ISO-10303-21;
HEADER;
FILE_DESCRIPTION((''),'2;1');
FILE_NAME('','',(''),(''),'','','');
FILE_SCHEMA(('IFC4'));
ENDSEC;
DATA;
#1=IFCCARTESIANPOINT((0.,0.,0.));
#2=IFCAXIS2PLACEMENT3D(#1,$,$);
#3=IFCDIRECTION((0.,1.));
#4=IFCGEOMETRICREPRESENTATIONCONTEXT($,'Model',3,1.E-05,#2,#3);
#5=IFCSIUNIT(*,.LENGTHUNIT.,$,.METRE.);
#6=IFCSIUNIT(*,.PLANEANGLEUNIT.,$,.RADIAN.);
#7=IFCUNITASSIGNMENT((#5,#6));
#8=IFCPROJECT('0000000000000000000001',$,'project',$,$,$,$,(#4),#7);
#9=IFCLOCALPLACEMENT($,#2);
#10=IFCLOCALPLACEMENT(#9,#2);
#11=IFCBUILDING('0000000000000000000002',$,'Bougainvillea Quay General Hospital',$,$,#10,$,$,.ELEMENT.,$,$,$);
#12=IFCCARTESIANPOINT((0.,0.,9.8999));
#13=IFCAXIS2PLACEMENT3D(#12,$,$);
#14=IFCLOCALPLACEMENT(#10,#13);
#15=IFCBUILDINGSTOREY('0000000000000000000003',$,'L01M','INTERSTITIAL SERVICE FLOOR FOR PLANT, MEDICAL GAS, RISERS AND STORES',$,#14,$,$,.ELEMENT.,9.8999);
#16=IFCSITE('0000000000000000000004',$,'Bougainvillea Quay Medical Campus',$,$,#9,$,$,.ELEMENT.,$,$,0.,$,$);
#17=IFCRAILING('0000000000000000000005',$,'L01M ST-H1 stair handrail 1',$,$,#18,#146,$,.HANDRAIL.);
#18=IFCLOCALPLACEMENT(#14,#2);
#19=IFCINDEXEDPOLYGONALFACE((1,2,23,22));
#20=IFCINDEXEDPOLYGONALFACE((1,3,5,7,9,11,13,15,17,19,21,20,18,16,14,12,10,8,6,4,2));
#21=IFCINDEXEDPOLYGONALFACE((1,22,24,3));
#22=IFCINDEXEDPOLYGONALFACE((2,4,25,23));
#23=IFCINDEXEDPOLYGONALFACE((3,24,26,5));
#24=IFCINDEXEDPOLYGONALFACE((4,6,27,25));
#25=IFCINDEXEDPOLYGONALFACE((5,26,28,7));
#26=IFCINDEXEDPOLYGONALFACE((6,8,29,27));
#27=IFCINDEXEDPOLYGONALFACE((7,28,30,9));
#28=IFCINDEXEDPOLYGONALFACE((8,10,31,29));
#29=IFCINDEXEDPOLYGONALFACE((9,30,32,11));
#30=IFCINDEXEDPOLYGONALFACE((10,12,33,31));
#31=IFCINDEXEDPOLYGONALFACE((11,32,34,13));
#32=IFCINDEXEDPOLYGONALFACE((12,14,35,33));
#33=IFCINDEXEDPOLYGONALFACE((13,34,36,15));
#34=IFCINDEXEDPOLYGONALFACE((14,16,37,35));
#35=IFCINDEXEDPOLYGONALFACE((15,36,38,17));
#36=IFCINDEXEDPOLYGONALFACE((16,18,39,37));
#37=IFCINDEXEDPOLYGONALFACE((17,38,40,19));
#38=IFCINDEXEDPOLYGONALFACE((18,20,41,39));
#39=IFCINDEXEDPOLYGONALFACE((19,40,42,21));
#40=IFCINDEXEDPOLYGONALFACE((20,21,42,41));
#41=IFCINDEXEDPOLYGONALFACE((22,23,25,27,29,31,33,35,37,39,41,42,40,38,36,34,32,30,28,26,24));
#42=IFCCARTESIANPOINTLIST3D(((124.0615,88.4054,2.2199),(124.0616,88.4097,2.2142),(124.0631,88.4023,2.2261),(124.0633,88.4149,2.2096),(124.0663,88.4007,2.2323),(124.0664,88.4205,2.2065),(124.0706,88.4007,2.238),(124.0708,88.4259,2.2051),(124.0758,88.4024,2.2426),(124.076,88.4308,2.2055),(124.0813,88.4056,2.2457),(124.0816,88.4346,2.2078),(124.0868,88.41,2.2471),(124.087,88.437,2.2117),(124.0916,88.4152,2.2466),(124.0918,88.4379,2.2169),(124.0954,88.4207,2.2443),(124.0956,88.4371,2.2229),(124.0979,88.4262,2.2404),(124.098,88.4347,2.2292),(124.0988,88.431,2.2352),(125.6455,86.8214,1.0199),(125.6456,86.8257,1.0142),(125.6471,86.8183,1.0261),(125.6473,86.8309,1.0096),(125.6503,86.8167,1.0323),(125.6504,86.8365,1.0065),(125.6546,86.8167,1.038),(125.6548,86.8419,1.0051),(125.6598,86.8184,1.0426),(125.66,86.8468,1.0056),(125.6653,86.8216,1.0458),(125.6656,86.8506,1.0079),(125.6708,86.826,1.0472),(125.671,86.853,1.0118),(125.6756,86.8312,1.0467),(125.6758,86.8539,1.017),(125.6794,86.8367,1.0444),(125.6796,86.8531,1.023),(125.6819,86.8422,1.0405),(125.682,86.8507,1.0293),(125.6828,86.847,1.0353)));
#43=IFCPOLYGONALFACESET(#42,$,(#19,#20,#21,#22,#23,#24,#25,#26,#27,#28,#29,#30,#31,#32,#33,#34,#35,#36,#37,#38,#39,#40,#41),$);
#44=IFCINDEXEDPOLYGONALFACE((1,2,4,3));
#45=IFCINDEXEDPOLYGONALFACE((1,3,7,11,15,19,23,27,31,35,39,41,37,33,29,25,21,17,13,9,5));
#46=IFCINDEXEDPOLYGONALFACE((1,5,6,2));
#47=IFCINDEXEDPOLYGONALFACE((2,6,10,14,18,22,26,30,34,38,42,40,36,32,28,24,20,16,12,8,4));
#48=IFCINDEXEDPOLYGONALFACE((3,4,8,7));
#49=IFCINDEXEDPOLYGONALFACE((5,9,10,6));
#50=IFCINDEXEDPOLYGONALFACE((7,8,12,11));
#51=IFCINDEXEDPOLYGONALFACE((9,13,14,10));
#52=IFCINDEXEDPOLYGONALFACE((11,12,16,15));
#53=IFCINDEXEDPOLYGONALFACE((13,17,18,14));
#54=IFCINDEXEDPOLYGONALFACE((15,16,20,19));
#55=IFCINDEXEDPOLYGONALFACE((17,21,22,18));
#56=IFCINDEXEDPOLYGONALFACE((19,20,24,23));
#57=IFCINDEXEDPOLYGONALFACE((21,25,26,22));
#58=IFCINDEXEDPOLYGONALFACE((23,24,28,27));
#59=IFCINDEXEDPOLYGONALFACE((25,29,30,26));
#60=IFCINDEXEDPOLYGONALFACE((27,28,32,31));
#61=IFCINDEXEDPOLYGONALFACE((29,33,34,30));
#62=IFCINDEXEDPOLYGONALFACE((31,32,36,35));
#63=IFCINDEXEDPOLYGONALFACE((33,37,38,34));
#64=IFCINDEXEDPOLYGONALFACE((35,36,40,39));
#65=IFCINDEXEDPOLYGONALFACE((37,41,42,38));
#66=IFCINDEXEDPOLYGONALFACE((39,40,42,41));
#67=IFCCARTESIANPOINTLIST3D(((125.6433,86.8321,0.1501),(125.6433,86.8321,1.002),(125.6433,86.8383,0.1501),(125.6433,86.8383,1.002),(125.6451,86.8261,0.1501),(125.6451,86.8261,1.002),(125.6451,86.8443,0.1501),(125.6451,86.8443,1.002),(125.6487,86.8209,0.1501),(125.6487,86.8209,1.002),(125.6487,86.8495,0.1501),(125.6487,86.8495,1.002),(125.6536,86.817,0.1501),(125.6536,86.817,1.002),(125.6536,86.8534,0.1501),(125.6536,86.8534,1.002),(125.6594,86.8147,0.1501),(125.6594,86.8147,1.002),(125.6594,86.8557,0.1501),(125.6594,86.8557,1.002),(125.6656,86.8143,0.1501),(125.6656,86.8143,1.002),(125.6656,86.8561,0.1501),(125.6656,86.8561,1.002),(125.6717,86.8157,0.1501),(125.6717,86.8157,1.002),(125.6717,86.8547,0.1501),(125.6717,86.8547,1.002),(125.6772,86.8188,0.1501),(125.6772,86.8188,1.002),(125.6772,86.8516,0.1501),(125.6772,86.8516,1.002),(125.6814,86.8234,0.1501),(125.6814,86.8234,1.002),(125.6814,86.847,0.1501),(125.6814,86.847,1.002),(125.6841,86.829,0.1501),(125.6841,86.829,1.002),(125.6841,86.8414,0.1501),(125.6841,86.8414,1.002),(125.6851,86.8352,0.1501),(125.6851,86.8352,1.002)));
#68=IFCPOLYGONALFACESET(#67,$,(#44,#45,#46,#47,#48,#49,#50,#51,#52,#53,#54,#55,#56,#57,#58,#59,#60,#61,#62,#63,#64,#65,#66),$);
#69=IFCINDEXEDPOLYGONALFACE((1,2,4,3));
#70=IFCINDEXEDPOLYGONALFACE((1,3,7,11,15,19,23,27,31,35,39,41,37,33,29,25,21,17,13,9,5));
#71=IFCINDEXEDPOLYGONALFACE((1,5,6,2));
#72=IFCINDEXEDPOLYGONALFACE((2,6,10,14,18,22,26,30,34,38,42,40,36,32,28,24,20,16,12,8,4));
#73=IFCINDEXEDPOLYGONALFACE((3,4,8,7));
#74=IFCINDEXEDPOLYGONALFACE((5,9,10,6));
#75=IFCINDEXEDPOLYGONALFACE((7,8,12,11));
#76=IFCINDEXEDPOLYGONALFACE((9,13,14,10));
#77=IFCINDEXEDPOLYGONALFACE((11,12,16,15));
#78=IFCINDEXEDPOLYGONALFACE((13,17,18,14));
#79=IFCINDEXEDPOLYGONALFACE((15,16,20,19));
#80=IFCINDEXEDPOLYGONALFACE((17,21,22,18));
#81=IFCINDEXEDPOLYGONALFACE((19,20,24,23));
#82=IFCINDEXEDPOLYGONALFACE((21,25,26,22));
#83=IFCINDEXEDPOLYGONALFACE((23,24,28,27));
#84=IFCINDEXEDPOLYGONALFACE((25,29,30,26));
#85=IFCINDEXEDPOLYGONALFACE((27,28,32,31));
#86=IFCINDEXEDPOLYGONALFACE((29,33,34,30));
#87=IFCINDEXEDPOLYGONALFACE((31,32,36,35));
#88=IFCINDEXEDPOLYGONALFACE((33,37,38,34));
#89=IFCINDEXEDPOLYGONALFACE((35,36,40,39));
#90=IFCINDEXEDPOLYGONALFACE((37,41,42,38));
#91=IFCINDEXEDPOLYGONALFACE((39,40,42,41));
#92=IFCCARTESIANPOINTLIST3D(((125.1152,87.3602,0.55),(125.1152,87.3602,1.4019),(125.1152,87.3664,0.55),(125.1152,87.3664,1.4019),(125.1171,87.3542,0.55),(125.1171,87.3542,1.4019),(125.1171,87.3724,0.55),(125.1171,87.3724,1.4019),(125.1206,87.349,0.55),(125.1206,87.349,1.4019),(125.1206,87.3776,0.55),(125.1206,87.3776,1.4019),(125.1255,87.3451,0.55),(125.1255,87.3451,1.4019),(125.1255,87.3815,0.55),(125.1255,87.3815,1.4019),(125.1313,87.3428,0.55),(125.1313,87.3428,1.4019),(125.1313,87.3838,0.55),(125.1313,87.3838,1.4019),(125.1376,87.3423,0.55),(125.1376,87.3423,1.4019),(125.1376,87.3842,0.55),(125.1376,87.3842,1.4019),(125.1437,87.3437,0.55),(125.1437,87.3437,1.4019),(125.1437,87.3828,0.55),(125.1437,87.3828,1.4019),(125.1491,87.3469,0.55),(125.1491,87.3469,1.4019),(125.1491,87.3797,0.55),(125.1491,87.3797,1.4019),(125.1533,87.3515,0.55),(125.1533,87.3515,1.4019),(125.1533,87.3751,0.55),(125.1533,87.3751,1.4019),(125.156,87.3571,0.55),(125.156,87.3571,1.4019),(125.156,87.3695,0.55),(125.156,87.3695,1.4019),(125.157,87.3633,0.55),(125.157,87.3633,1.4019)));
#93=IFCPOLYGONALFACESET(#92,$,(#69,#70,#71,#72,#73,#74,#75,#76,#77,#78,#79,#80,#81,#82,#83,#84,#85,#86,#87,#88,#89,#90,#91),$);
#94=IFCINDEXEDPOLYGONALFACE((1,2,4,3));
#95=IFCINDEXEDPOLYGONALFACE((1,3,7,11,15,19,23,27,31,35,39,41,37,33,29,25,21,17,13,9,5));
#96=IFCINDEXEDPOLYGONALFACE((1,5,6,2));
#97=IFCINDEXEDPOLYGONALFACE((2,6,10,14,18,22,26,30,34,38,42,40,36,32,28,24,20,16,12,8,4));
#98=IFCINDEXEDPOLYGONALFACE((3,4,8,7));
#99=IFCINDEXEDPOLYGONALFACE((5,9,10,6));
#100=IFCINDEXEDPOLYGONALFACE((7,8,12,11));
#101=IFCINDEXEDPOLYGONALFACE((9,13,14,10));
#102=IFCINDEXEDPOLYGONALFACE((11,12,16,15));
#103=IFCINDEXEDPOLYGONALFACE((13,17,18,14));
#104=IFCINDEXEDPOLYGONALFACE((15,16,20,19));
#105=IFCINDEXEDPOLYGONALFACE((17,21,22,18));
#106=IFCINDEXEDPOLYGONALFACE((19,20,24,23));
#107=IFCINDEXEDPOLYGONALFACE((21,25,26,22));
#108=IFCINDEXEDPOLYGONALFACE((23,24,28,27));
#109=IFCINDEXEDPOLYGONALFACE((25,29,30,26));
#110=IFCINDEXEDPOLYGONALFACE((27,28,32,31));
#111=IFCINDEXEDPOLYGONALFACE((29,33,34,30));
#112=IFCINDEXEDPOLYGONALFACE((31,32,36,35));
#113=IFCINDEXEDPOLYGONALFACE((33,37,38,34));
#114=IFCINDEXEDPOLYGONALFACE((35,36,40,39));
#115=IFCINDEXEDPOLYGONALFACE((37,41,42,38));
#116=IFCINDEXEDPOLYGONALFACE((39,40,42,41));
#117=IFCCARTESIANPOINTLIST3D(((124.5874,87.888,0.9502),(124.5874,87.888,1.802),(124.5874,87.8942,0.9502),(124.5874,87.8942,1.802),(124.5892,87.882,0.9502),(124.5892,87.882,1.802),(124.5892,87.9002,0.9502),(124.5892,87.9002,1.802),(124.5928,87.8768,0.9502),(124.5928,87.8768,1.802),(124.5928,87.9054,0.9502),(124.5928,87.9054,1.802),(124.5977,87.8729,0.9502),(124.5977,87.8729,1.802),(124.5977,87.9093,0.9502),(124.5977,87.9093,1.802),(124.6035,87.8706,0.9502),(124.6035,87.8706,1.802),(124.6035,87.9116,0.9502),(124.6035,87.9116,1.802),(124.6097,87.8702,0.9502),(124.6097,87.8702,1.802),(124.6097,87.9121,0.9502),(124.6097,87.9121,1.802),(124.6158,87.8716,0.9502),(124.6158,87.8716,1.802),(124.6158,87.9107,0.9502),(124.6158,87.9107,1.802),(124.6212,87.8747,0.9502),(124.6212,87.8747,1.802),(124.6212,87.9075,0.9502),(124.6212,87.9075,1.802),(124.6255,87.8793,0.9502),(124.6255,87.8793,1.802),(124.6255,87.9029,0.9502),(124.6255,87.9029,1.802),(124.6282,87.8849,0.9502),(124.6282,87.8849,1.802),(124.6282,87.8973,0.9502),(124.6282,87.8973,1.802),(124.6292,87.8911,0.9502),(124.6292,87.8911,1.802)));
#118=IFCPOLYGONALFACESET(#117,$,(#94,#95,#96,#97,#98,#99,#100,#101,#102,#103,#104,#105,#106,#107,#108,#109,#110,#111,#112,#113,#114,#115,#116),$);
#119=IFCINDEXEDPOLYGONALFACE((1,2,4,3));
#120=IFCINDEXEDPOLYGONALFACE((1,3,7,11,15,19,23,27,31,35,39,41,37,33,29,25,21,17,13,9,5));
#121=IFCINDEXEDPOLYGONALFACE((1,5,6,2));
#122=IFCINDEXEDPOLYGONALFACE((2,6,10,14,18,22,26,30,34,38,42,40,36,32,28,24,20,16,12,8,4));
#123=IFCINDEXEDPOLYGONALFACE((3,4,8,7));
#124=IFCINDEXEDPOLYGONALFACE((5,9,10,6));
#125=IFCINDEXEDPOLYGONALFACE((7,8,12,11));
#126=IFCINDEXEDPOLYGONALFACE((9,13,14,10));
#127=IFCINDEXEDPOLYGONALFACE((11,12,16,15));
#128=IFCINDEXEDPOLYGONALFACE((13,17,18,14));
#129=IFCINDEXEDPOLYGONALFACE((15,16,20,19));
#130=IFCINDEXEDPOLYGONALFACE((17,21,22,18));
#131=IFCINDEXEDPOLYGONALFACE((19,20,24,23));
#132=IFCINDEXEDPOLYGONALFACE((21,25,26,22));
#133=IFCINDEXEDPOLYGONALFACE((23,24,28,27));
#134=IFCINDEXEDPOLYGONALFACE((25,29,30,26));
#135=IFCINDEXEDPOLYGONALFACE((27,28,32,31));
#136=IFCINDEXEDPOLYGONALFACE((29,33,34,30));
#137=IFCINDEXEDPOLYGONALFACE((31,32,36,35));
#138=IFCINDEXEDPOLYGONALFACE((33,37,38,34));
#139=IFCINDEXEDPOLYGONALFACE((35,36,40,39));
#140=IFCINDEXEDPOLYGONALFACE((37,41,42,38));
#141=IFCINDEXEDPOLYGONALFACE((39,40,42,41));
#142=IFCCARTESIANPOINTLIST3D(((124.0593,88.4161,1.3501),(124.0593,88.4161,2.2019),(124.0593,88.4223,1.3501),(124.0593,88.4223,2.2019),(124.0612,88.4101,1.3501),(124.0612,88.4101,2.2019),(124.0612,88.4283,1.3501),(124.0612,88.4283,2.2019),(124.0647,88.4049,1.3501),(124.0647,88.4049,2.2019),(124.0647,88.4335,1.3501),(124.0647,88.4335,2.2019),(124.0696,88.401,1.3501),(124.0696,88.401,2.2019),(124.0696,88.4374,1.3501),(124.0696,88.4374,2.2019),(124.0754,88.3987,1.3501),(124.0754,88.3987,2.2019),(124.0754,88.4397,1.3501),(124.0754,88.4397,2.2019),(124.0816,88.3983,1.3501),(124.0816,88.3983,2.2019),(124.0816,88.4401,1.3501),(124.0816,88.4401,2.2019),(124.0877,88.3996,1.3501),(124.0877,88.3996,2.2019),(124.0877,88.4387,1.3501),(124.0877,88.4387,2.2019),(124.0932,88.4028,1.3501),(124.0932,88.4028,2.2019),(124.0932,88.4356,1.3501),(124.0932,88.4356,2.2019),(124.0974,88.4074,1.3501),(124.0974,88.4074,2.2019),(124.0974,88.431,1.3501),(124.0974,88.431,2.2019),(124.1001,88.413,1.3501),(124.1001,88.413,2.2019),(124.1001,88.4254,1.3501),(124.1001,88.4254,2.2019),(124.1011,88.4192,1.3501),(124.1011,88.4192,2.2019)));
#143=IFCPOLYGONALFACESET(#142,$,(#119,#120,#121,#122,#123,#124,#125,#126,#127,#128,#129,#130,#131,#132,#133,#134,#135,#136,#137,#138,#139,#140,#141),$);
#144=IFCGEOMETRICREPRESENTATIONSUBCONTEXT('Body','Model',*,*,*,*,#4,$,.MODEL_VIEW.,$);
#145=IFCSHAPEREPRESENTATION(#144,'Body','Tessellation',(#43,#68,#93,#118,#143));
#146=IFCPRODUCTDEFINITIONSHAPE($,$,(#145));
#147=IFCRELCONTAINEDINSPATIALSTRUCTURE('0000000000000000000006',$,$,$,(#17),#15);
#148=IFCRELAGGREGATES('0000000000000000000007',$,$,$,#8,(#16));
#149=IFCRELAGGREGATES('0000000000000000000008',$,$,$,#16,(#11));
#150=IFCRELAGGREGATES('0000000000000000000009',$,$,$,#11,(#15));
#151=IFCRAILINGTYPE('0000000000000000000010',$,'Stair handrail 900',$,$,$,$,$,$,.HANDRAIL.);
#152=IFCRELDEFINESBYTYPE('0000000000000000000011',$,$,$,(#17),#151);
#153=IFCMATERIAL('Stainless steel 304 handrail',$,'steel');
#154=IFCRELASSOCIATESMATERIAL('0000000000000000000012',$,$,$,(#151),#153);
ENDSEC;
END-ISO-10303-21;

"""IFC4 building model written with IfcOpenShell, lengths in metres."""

from ifc_helpers import new_model, si_unit, direction, frame, origin, origin_2d, place, context, subcontext, project, spatial, circle, extrude, material, type_object, element, save


model = new_model("IFC4")

# Units and contexts
model_context = context("Model", 3, precision=1e-05, world=origin(), true_north=direction((0.0, 1.0)))
body_context = subcontext(model_context, "Body", "Model", "MODEL_VIEW")
ifc_project = project(units=[si_unit("LENGTHUNIT", "METRE"), si_unit("PLANEANGLEUNIT", "RADIAN")], contexts=[model_context])

# Site, building, storey
site_placement = place(None, origin())
site = spatial("IfcSite", under=ifc_project, at=site_placement, Name="Bougainvillea Quay Medical Campus", CompositionType="ELEMENT", RefElevation=0.0)
building_placement = place(site_placement, origin())
building = spatial("IfcBuilding", under=site, at=building_placement, Name="Bougainvillea Quay General Hospital", CompositionType="ELEMENT")
storey_placement = place(building_placement, frame((0.0, 0.0, 9.8999)))
storey = spatial("IfcBuildingStorey", under=building, at=storey_placement, Name="L01M", Description="INTERSTITIAL SERVICE FLOOR FOR PLANT, MEDICAL GAS, RISERS AND STORES", CompositionType="ELEMENT", Elevation=9.8999)

# Railing
ifc_material_1 = material(Name="Stainless steel 304 handrail", Category="steel")
railing_type_1 = type_object("IfcRailingType", Name="Stair handrail 900", PredefinedType="HANDRAIL", material=ifc_material_1)
railing_1_placement = place(storey_placement, frame((125.6641, 86.8352, 0.1501)))
element("IfcRailing", 1, at=railing_1_placement, inside=storey, type_object=railing_type_1, Name="L01M ST-H1 stair handrail 1", PredefinedType="HANDRAIL", context=body_context, shape_type="SweptSolid", body=[
    extrude(circle(Radius=0.0239, at=origin_2d()), frame((0.0, 0.0, 0.876), z_axis=(-0.623312, 0.623312, 0.472191), x_axis=(-0.707107, -0.707107, 0.0)), (0.0, 0.0, 1.0), 2.5413),
    extrude(circle(Radius=0.021, at=origin_2d()), origin(), (0.0, 0.0, 1.0), 0.8518),
    extrude(circle(Radius=0.021, at=origin_2d()), frame((-0.5281, 0.5281, 0.3999)), (0.0, 0.0, 1.0), 0.8518),
    extrude(circle(Radius=0.021, at=origin_2d()), frame((-1.0559, 1.0559, 0.8)), (0.0, 0.0, 1.0), 0.8518),
    extrude(circle(Radius=0.021, at=origin_2d()), frame((-1.584, 1.584, 1.2)), (0.0, 0.0, 1.0), 0.8518),
])

save(model, "model.ifc")
